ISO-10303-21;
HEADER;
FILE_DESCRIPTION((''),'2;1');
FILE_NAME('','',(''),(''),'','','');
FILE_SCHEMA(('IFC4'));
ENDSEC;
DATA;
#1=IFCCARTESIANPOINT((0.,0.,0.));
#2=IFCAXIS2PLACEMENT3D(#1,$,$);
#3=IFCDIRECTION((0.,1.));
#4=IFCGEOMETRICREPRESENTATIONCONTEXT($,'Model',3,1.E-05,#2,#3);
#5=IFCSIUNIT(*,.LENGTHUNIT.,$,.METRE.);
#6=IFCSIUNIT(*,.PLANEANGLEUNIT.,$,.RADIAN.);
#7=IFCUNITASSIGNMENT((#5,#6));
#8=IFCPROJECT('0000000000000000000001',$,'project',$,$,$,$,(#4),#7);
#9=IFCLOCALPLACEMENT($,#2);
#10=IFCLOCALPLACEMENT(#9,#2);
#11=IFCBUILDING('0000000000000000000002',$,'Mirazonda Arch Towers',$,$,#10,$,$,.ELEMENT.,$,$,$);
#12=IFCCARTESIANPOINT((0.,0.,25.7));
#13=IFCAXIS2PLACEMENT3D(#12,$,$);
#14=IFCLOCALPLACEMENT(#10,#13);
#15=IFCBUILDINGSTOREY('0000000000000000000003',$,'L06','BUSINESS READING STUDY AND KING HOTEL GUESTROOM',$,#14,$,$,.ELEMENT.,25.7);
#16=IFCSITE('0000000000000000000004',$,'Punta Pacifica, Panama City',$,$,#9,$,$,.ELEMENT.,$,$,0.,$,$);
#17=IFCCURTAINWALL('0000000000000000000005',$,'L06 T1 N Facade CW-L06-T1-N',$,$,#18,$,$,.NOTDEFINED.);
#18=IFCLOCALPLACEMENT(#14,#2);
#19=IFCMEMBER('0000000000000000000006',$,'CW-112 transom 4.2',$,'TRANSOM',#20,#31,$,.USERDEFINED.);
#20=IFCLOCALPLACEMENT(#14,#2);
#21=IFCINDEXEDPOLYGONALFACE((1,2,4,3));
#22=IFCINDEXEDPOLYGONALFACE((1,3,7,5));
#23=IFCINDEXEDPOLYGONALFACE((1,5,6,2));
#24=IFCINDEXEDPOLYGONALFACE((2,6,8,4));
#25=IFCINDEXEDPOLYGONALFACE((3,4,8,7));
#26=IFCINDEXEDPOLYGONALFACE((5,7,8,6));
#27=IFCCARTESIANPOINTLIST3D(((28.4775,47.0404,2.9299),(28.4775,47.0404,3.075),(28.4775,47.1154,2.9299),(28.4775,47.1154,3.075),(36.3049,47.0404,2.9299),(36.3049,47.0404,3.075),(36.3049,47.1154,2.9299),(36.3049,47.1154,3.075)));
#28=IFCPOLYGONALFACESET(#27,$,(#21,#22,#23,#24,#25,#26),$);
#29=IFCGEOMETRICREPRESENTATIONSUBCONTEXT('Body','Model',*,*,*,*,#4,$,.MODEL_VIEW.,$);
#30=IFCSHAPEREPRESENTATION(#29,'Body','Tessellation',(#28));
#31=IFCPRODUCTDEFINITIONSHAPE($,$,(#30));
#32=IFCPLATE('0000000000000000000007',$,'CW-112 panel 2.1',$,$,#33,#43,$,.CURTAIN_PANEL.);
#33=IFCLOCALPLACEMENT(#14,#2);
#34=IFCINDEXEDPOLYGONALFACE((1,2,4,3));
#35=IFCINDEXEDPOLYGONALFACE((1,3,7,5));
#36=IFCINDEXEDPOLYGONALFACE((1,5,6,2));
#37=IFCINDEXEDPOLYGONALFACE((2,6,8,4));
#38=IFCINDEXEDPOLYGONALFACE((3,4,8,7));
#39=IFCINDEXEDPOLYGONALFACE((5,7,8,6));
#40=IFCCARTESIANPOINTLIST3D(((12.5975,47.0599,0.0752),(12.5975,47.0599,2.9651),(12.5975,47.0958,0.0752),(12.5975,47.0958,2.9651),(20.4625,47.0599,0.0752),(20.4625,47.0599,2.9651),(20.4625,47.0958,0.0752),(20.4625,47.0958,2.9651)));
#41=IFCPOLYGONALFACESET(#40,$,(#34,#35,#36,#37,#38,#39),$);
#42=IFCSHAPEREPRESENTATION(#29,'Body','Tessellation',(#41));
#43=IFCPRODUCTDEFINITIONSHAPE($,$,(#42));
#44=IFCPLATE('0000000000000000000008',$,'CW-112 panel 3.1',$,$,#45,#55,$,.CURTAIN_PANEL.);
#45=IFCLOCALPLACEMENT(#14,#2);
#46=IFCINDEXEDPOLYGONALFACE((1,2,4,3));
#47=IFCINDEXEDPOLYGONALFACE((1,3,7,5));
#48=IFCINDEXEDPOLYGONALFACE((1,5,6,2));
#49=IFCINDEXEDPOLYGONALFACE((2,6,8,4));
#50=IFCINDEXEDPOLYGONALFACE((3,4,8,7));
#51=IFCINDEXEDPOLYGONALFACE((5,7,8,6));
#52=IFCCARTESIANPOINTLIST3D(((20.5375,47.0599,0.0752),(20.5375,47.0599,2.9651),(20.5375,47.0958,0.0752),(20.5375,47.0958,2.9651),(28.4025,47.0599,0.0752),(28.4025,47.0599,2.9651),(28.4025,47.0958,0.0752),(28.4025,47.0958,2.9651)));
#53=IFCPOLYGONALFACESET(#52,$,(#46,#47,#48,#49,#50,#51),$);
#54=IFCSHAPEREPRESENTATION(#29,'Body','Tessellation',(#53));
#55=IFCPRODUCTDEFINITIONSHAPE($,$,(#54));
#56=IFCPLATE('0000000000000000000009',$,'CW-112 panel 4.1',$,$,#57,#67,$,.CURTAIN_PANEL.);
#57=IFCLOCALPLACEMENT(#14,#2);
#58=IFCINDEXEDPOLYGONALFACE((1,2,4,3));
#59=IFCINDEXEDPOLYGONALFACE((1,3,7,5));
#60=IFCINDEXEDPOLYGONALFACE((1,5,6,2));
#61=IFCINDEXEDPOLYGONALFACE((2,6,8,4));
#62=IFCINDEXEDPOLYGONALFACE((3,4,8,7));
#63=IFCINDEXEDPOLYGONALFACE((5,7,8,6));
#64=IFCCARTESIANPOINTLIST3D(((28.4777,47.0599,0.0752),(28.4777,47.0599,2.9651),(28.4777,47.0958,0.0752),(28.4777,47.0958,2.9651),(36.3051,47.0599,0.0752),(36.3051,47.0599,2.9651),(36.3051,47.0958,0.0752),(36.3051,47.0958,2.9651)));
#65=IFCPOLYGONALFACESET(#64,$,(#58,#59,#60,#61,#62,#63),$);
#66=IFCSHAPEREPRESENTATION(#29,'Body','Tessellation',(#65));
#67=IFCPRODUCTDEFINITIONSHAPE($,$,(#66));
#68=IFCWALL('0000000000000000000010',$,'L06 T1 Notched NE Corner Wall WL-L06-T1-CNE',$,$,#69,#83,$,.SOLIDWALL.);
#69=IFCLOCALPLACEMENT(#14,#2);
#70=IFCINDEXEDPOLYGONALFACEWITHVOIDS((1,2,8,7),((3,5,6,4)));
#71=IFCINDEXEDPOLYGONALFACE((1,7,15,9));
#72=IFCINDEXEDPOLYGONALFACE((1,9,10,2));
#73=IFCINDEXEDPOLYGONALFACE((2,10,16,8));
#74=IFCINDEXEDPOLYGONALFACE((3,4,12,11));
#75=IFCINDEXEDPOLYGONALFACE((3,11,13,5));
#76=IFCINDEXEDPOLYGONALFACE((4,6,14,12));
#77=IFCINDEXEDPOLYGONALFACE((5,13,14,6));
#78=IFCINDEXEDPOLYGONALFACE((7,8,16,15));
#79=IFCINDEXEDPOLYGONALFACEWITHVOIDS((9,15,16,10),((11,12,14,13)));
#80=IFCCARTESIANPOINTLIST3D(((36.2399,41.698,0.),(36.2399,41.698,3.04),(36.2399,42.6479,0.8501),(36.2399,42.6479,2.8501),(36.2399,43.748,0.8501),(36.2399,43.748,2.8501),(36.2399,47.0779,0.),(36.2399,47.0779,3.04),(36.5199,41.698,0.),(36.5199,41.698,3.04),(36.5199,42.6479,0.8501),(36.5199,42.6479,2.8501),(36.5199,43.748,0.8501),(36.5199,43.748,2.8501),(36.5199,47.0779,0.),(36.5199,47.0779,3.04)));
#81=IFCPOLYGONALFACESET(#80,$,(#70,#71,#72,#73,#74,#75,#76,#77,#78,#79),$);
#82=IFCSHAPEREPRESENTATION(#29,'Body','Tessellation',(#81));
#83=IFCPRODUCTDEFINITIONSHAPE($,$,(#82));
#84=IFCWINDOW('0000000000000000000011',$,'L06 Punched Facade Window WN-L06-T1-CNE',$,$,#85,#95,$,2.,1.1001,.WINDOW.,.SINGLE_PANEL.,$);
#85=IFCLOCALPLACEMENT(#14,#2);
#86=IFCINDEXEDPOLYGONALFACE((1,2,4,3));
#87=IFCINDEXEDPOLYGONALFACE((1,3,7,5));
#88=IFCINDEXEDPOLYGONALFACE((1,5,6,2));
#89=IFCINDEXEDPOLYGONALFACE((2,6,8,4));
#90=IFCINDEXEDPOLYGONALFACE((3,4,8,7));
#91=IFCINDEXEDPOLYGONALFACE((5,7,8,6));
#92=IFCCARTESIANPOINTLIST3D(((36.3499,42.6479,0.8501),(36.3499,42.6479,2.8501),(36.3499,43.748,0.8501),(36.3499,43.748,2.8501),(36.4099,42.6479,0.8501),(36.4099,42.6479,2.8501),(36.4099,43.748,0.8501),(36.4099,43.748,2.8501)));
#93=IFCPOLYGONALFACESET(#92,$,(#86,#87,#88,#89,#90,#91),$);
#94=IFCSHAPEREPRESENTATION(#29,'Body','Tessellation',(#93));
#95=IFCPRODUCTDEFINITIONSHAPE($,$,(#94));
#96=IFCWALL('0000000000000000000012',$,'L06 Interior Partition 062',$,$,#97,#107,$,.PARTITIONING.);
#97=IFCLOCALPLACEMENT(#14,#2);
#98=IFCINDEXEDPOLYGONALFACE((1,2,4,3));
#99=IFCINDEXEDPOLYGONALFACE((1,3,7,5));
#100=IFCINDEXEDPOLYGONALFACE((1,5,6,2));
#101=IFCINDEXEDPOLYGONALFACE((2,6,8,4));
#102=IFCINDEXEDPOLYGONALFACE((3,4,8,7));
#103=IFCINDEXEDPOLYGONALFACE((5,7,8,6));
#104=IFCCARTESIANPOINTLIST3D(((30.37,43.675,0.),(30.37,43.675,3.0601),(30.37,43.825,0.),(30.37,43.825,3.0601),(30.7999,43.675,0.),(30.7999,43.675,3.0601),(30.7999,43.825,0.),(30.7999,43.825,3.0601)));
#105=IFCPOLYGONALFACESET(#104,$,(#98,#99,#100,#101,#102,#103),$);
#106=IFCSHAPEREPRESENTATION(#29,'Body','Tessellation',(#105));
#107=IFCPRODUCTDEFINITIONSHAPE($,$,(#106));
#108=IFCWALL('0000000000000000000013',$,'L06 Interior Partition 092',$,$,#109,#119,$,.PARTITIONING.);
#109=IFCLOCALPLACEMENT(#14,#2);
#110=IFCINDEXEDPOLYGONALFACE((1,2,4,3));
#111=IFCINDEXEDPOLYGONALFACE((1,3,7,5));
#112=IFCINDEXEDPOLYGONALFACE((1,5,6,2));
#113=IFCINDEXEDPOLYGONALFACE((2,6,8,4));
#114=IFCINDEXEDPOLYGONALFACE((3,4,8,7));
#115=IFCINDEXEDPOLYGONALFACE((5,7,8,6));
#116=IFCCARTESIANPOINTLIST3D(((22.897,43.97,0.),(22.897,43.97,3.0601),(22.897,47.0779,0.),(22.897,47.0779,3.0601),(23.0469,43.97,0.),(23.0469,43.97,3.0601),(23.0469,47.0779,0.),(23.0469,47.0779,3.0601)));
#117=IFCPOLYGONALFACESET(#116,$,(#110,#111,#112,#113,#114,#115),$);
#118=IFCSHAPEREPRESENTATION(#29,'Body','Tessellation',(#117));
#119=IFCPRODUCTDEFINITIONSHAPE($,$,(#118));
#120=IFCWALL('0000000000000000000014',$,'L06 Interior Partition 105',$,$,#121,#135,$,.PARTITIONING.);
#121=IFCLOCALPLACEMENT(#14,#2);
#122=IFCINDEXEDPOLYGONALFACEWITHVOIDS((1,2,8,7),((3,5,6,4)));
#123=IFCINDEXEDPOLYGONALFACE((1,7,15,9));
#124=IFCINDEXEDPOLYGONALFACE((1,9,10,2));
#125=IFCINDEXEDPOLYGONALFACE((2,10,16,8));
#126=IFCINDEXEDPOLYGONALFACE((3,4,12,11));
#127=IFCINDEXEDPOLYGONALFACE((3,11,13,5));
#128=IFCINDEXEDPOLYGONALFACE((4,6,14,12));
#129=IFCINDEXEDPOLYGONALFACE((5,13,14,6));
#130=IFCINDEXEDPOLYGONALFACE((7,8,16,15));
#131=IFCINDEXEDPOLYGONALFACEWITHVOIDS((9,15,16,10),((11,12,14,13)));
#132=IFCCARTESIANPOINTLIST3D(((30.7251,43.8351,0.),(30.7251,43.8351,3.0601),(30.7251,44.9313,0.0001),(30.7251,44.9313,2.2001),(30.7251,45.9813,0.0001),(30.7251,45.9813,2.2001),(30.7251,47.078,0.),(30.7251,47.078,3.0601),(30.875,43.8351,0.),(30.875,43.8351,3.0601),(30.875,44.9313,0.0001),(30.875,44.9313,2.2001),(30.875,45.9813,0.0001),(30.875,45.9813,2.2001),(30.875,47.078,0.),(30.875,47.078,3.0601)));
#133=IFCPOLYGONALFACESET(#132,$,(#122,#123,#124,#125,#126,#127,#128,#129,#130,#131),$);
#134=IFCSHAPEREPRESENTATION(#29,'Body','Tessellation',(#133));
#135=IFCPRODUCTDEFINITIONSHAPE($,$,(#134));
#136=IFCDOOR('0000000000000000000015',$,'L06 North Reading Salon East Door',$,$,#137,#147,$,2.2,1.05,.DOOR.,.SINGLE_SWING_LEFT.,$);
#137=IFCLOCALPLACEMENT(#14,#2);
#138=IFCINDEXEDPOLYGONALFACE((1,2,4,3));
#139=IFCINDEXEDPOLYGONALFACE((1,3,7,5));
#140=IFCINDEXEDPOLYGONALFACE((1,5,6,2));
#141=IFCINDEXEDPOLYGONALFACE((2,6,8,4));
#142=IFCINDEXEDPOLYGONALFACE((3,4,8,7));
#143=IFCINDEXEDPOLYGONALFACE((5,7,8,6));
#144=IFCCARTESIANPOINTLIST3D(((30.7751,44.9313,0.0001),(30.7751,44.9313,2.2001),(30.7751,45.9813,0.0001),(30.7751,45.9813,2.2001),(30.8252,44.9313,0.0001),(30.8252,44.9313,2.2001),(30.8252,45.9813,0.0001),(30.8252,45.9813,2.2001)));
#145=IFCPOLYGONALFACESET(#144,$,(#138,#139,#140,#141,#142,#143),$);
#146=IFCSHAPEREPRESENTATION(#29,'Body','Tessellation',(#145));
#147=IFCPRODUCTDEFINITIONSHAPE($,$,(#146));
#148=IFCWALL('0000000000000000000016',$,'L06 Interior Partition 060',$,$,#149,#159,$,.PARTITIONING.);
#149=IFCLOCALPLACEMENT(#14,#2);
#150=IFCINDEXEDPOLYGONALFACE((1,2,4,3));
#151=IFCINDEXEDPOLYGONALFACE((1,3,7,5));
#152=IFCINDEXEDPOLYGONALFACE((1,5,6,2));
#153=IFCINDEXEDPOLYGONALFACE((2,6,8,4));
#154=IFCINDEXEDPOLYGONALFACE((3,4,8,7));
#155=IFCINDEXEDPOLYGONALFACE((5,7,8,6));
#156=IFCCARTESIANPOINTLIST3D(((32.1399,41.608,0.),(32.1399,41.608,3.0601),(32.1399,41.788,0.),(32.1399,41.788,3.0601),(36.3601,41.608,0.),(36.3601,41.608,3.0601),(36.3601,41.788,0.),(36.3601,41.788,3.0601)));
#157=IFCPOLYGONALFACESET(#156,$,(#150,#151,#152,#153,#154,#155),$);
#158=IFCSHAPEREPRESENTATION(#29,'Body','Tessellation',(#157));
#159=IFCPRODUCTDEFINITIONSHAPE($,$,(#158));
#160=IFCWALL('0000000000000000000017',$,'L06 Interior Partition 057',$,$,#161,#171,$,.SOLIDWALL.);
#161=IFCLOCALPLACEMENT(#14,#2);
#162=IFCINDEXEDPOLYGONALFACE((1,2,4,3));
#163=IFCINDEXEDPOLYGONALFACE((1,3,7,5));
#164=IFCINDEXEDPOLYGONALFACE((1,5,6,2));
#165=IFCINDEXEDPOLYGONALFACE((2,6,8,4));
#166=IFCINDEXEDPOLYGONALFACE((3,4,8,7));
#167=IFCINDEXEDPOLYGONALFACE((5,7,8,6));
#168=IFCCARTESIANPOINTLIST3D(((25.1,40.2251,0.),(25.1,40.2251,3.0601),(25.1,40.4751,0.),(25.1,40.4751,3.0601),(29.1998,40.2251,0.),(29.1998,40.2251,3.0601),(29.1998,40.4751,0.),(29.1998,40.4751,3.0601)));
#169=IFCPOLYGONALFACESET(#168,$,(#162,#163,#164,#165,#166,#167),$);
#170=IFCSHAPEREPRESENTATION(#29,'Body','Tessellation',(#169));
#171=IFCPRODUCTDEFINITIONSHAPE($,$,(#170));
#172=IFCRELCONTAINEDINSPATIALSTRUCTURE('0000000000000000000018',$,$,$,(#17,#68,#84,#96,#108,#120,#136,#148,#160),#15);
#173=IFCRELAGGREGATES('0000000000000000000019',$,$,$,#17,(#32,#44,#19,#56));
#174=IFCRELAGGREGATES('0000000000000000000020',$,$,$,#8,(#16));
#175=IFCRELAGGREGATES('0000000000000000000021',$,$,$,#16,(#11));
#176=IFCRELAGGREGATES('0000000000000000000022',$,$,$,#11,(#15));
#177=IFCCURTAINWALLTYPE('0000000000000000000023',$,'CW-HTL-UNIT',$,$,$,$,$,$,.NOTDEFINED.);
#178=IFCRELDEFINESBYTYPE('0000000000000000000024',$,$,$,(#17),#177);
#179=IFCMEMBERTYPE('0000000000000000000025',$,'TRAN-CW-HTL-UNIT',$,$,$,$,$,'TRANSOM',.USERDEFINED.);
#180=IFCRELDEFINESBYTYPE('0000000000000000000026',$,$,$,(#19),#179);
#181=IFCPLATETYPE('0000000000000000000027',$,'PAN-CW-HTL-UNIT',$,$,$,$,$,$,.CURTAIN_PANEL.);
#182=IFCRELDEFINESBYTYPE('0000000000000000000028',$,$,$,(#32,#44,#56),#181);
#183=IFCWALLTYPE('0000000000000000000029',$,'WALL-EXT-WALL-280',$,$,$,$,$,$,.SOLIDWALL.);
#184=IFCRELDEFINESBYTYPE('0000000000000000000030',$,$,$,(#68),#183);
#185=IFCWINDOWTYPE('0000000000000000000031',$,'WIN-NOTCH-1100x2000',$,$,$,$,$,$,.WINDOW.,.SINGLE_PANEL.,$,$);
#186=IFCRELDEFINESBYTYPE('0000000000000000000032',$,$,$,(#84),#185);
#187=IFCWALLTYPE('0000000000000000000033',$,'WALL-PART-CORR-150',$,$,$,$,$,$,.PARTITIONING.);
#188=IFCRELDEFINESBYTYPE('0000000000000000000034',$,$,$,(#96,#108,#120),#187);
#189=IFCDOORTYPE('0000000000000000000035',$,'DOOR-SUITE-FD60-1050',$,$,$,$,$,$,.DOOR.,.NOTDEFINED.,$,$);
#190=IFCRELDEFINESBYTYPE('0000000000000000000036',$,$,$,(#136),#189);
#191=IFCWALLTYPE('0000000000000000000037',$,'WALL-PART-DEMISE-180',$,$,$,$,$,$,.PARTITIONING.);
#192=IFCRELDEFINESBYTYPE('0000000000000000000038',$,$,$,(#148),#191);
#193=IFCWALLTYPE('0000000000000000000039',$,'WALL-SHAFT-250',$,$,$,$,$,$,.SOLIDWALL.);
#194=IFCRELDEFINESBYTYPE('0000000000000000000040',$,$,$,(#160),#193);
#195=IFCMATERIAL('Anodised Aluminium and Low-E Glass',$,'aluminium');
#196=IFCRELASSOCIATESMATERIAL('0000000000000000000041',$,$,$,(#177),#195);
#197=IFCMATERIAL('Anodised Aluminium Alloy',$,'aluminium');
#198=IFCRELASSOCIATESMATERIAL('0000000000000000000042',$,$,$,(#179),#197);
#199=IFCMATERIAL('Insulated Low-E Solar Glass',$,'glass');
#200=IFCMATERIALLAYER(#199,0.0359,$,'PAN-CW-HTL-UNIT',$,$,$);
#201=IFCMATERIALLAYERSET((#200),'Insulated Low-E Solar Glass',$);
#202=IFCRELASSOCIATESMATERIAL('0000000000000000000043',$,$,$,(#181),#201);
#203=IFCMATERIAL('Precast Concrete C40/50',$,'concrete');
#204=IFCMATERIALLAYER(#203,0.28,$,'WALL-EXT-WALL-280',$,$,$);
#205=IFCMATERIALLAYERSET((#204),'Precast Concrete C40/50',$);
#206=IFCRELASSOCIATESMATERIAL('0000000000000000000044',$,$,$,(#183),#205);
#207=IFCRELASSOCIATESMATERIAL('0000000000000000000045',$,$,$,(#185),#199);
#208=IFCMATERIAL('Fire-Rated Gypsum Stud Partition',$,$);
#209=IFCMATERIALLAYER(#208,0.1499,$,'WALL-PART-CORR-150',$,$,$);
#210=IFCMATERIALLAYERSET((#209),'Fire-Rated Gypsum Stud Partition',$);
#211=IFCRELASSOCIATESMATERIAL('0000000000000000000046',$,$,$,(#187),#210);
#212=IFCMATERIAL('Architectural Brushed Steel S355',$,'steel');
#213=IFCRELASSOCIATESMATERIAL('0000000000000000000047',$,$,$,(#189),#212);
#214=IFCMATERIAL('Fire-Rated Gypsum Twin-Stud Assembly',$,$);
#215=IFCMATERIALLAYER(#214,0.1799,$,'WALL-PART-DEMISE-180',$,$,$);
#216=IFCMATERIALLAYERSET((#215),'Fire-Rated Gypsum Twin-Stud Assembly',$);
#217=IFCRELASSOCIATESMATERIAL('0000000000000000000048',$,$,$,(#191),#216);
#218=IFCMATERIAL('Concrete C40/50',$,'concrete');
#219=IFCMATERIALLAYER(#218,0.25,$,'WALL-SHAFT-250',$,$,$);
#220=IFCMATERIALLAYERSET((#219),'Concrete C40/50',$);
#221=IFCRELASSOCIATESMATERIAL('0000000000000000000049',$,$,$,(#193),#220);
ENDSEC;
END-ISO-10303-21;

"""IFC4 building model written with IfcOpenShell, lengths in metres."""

from ifc_helpers import new_model, si_unit, direction, frame, frame_2d, origin, origin_2d, place, context, subcontext, project, spatial, rectangle, extrude, material, layer, layer_set, material_profile, profile_set, type_object, element, fill, aggregate, save


model = new_model("IFC4")

# Units and contexts
model_context = context("Model", 3, precision=1e-05, world=origin(), true_north=direction((0.0, 1.0)))
body_context = subcontext(model_context, "Body", "Model", "MODEL_VIEW")
ifc_project = project(units=[si_unit("LENGTHUNIT", "METRE"), si_unit("PLANEANGLEUNIT", "RADIAN")], contexts=[model_context])

# Site, building, storey
site_placement = place(None, origin())
site = spatial("IfcSite", under=ifc_project, at=site_placement, Name="Punta Pacifica, Panama City", CompositionType="ELEMENT", RefElevation=0.0)
building_placement = place(site_placement, origin())
building = spatial("IfcBuilding", under=site, at=building_placement, Name="Mirazonda Arch Towers", CompositionType="ELEMENT")
storey_placement = place(building_placement, frame((0.0, 0.0, 25.7)))
storey = spatial("IfcBuildingStorey", under=building, at=storey_placement, Name="L06", Description="BUSINESS READING STUDY AND KING HOTEL GUESTROOM", CompositionType="ELEMENT", Elevation=25.7)

# Curtain wall, member, plates
ifc_material_1 = material(Name="Anodised Aluminium and Low-E Glass", Category="aluminium")
curtain_wall_type = type_object("IfcCurtainWallType", Name="CW-HTL-UNIT", PredefinedType="NOTDEFINED", material=ifc_material_1)
curtain_wall_placement = place(storey_placement, origin())
curtain_wall = element("IfcCurtainWall", 1, at=curtain_wall_placement, inside=storey, type_object=curtain_wall_type, Name="L06 T1 N Facade CW-L06-T1-N", PredefinedType="NOTDEFINED")
ifc_material_2 = material(Name="Anodised Aluminium Alloy", Category="aluminium")
ifc_material_profile_1 = material_profile(ifc_material_2, rectangle(XDim=0.075, YDim=0.145, at=origin_2d()), Name="ALU-TRAN-75x145")
ifc_profile_set_1 = profile_set([ifc_material_profile_1], Name="Anodised Aluminium Alloy")
member_type_1 = type_object("IfcMemberType", Name="TRAN-CW-HTL-UNIT", ElementType="TRANSOM", PredefinedType="USERDEFINED", material=ifc_profile_set_1)
member_1_placement = place(storey_placement, frame((28.4775, 47.0779, 3.0024), z_axis=(1.0, 0.0, 0.0), x_axis=(0.0, 1.0, 0.0)))
member_1 = element("IfcMember", 2, at=member_1_placement, type_object=member_type_1, Name="CW-112 transom 4.2", ObjectType="TRANSOM", PredefinedType="USERDEFINED", context=body_context, shape_type="SweptSolid", body=[
    extrude(rectangle(XDim=0.075, YDim=0.145, at=origin_2d()), origin(), (0.0, 0.0, 1.0), 7.8274),
])
ifc_material_3 = material(Name="Insulated Low-E Solar Glass", Category="glass")
ifc_layer_1 = layer(ifc_material_3, 0.0359, Name="PAN-CW-HTL-UNIT")
ifc_layer_set_1 = layer_set([ifc_layer_1], Name="Insulated Low-E Solar Glass")
plate_type = type_object("IfcPlateType", Name="PAN-CW-HTL-UNIT", PredefinedType="CURTAIN_PANEL", material=ifc_layer_set_1)
plate_1_placement = place(storey_placement, frame((16.53, 47.0779, 0.0752), z_axis=(0.0, 0.0, 1.0), x_axis=(1.0, 0.0, 0.0)))
plate_1 = element("IfcPlate", 3, at=plate_1_placement, type_object=plate_type, Name="CW-112 panel 2.1", PredefinedType="CURTAIN_PANEL", context=body_context, shape_type="SweptSolid", body=[
    extrude(rectangle(XDim=7.865, YDim=0.0359, at=origin_2d()), origin(), (0.0, 0.0, 1.0), 2.8899),
])
plate_2_placement = place(storey_placement, frame((24.47, 47.0779, 0.0752), z_axis=(0.0, 0.0, 1.0), x_axis=(1.0, 0.0, 0.0)))
plate_2 = element("IfcPlate", 4, at=plate_2_placement, type_object=plate_type, Name="CW-112 panel 3.1", PredefinedType="CURTAIN_PANEL", context=body_context, shape_type="SweptSolid", body=[
    extrude(rectangle(XDim=7.865, YDim=0.0359, at=origin_2d()), origin(), (0.0, 0.0, 1.0), 2.8899),
])
plate_3_placement = place(storey_placement, frame((32.3914, 47.0779, 0.0752), z_axis=(0.0, 0.0, 1.0), x_axis=(1.0, 0.0, 0.0)))
plate_3 = element("IfcPlate", 5, at=plate_3_placement, type_object=plate_type, Name="CW-112 panel 4.1", PredefinedType="CURTAIN_PANEL", context=body_context, shape_type="SweptSolid", body=[
    extrude(rectangle(XDim=7.8274, YDim=0.0359, at=origin_2d()), origin(), (0.0, 0.0, 1.0), 2.8899),
])
aggregate(curtain_wall, [plate_1, plate_2, member_1, plate_3])

# Wall, opening, window
ifc_material_4 = material(Name="Precast Concrete C40/50", Category="concrete")
ifc_layer_2 = layer(ifc_material_4, 0.28, Name="WALL-EXT-WALL-280")
ifc_layer_set_2 = layer_set([ifc_layer_2], Name="Precast Concrete C40/50")
wall_type_1 = type_object("IfcWallType", Name="WALL-EXT-WALL-280", PredefinedType="SOLIDWALL", material=ifc_layer_set_2)
wall_1_placement = place(storey_placement, frame((36.3799, 41.698, 0.0), z_axis=(0.0, 0.0, 1.0), x_axis=(0.0, 1.0, 0.0)))
wall_1 = element("IfcWall", 6, at=wall_1_placement, inside=storey, type_object=wall_type_1, Name="L06 T1 Notched NE Corner Wall WL-L06-T1-CNE", PredefinedType="SOLIDWALL", context=body_context, shape_type="SweptSolid", body=[
    extrude(rectangle(XDim=5.3799, YDim=0.28, at=frame_2d((2.6899, 0.0))), origin(), (0.0, 0.0, 1.0), 3.04),
])
opening_1_placement = place(wall_1_placement, frame((0.95, 0.0, 0.8501)))
opening_1 = element("IfcOpeningElement", 7, at=opening_1_placement, cuts=wall_1, PredefinedType="OPENING", context=body_context, shape_type="SweptSolid", body=[
    extrude(rectangle(XDim=1.1001, YDim=2.0, at=frame_2d((0.55, 1.0))), frame((0.0, 0.1499, 0.0), z_axis=(0.0, -1.0, 0.0), x_axis=(1.0, 0.0, 0.0)), (0.0, 0.0, 1.0), 0.3),
])
window_type = type_object("IfcWindowType", Name="WIN-NOTCH-1100x2000", PartitioningType="SINGLE_PANEL", PredefinedType="WINDOW", material=ifc_material_3)
window_placement = place(opening_1_placement, origin())
window = element("IfcWindow", 8, at=window_placement, inside=storey, type_object=window_type, Name="L06 Punched Facade Window WN-L06-T1-CNE", OverallHeight=2.0, OverallWidth=1.1001, PartitioningType="SINGLE_PANEL", PredefinedType="WINDOW", context=body_context, shape_type="SweptSolid", body=[
    extrude(rectangle(XDim=1.1001, YDim=2.0, at=frame_2d((0.55, 1.0))), frame((0.0, 0.03, 0.0), z_axis=(0.0, -1.0, 0.0), x_axis=(1.0, 0.0, 0.0)), (0.0, 0.0, 1.0), 0.0601),
])
fill(opening_1, window)

# Walls
ifc_material_5 = material(Name="Fire-Rated Gypsum Stud Partition")
ifc_layer_3 = layer(ifc_material_5, 0.1499, Name="WALL-PART-CORR-150")
ifc_layer_set_3 = layer_set([ifc_layer_3], Name="Fire-Rated Gypsum Stud Partition")
wall_type_2 = type_object("IfcWallType", Name="WALL-PART-CORR-150", PredefinedType="PARTITIONING", material=ifc_layer_set_3)
wall_2_placement = place(storey_placement, frame((30.3701, 43.75, 0.0), z_axis=(0.0, 0.0, 1.0), x_axis=(1.0, 0.0, 0.0)))
element("IfcWall", 9, at=wall_2_placement, inside=storey, type_object=wall_type_2, Name="L06 Interior Partition 062", PredefinedType="PARTITIONING", context=body_context, shape_type="SweptSolid", body=[
    extrude(rectangle(XDim=0.4299, YDim=0.1499, at=frame_2d((0.2148, 0.0))), origin(), (0.0, 0.0, 1.0), 3.0601),
])
wall_3_placement = place(storey_placement, frame((22.9719, 43.97, 0.0), z_axis=(0.0, 0.0, 1.0), x_axis=(0.0, 1.0, 0.0)))
element("IfcWall", 10, at=wall_3_placement, inside=storey, type_object=wall_type_2, Name="L06 Interior Partition 092", PredefinedType="PARTITIONING", context=body_context, shape_type="SweptSolid", body=[
    extrude(rectangle(XDim=3.1079, YDim=0.1499, at=frame_2d((1.554, 0.0))), origin(), (0.0, 0.0, 1.0), 3.0601),
])

# Wall, opening, door
wall_4_placement = place(storey_placement, frame((30.8, 43.835, 0.0), z_axis=(0.0, 0.0, 1.0), x_axis=(0.0, 1.0, 0.0)))
wall_4 = element("IfcWall", 11, at=wall_4_placement, inside=storey, type_object=wall_type_2, Name="L06 Interior Partition 105", PredefinedType="PARTITIONING", context=body_context, shape_type="SweptSolid", body=[
    extrude(rectangle(XDim=3.2429, YDim=0.1499, at=frame_2d((1.6216, 0.0))), origin(), (0.0, 0.0, 1.0), 3.0601),
])
opening_2_placement = place(wall_4_placement, frame((1.0964, 0.0, 0.0)))
opening_2 = element("IfcOpeningElement", 12, at=opening_2_placement, cuts=wall_4, PredefinedType="OPENING", context=body_context, shape_type="SweptSolid", body=[
    extrude(rectangle(XDim=1.05, YDim=2.2, at=frame_2d((0.5249, 1.1001))), frame((0.0, 0.085, 0.0), z_axis=(0.0, -1.0, 0.0), x_axis=(1.0, 0.0, 0.0)), (0.0, 0.0, 1.0), 0.1699),
])
ifc_material_6 = material(Name="Architectural Brushed Steel S355", Category="steel")
door_type_1 = type_object("IfcDoorType", Name="DOOR-SUITE-FD60-1050", OperationType="NOTDEFINED", PredefinedType="DOOR", material=ifc_material_6)
door_1_placement = place(opening_2_placement, origin())
door_1 = element("IfcDoor", 13, at=door_1_placement, inside=storey, type_object=door_type_1, Name="L06 North Reading Salon East Door", OperationType="SINGLE_SWING_LEFT", OverallHeight=2.2, OverallWidth=1.05, PredefinedType="DOOR", context=body_context, shape_type="SweptSolid", body=[
    extrude(rectangle(XDim=1.05, YDim=2.2, at=frame_2d((0.5249, 1.1001))), frame((0.0, 0.0249, 0.0), z_axis=(0.0, -1.0, 0.0), x_axis=(1.0, 0.0, 0.0)), (0.0, 0.0, 1.0), 0.05),
])
fill(opening_2, door_1)

# Wall
ifc_material_7 = material(Name="Fire-Rated Gypsum Twin-Stud Assembly")
ifc_layer_4 = layer(ifc_material_7, 0.1799, Name="WALL-PART-DEMISE-180")
ifc_layer_set_4 = layer_set([ifc_layer_4], Name="Fire-Rated Gypsum Twin-Stud Assembly")
wall_type_3 = type_object("IfcWallType", Name="WALL-PART-DEMISE-180", PredefinedType="PARTITIONING", material=ifc_layer_set_4)
wall_5_placement = place(storey_placement, frame((32.1399, 41.698, 0.0), z_axis=(0.0, 0.0, 1.0), x_axis=(1.0, 0.0, 0.0)))
element("IfcWall", 14, at=wall_5_placement, inside=storey, type_object=wall_type_3, Name="L06 Interior Partition 060", PredefinedType="PARTITIONING", context=body_context, shape_type="SweptSolid", body=[
    extrude(rectangle(XDim=4.2202, YDim=0.1799, at=frame_2d((2.1101, 0.0))), origin(), (0.0, 0.0, 1.0), 3.0601),
])

# Wall
ifc_material_8 = material(Name="Concrete C40/50", Category="concrete")
ifc_layer_5 = layer(ifc_material_8, 0.25, Name="WALL-SHAFT-250")
ifc_layer_set_5 = layer_set([ifc_layer_5], Name="Concrete C40/50")
wall_type_4 = type_object("IfcWallType", Name="WALL-SHAFT-250", PredefinedType="SOLIDWALL", material=ifc_layer_set_5)
wall_6_placement = place(storey_placement, frame((25.1001, 40.3501, 0.0), z_axis=(0.0, 0.0, 1.0), x_axis=(1.0, 0.0, 0.0)))
element("IfcWall", 15, at=wall_6_placement, inside=storey, type_object=wall_type_4, Name="L06 Interior Partition 057", PredefinedType="SOLIDWALL", context=body_context, shape_type="SweptSolid", body=[
    extrude(rectangle(XDim=4.0999, YDim=0.25, at=frame_2d((2.0498, 0.0))), origin(), (0.0, 0.0, 1.0), 3.0601),
])

save(model, "model.ifc")
